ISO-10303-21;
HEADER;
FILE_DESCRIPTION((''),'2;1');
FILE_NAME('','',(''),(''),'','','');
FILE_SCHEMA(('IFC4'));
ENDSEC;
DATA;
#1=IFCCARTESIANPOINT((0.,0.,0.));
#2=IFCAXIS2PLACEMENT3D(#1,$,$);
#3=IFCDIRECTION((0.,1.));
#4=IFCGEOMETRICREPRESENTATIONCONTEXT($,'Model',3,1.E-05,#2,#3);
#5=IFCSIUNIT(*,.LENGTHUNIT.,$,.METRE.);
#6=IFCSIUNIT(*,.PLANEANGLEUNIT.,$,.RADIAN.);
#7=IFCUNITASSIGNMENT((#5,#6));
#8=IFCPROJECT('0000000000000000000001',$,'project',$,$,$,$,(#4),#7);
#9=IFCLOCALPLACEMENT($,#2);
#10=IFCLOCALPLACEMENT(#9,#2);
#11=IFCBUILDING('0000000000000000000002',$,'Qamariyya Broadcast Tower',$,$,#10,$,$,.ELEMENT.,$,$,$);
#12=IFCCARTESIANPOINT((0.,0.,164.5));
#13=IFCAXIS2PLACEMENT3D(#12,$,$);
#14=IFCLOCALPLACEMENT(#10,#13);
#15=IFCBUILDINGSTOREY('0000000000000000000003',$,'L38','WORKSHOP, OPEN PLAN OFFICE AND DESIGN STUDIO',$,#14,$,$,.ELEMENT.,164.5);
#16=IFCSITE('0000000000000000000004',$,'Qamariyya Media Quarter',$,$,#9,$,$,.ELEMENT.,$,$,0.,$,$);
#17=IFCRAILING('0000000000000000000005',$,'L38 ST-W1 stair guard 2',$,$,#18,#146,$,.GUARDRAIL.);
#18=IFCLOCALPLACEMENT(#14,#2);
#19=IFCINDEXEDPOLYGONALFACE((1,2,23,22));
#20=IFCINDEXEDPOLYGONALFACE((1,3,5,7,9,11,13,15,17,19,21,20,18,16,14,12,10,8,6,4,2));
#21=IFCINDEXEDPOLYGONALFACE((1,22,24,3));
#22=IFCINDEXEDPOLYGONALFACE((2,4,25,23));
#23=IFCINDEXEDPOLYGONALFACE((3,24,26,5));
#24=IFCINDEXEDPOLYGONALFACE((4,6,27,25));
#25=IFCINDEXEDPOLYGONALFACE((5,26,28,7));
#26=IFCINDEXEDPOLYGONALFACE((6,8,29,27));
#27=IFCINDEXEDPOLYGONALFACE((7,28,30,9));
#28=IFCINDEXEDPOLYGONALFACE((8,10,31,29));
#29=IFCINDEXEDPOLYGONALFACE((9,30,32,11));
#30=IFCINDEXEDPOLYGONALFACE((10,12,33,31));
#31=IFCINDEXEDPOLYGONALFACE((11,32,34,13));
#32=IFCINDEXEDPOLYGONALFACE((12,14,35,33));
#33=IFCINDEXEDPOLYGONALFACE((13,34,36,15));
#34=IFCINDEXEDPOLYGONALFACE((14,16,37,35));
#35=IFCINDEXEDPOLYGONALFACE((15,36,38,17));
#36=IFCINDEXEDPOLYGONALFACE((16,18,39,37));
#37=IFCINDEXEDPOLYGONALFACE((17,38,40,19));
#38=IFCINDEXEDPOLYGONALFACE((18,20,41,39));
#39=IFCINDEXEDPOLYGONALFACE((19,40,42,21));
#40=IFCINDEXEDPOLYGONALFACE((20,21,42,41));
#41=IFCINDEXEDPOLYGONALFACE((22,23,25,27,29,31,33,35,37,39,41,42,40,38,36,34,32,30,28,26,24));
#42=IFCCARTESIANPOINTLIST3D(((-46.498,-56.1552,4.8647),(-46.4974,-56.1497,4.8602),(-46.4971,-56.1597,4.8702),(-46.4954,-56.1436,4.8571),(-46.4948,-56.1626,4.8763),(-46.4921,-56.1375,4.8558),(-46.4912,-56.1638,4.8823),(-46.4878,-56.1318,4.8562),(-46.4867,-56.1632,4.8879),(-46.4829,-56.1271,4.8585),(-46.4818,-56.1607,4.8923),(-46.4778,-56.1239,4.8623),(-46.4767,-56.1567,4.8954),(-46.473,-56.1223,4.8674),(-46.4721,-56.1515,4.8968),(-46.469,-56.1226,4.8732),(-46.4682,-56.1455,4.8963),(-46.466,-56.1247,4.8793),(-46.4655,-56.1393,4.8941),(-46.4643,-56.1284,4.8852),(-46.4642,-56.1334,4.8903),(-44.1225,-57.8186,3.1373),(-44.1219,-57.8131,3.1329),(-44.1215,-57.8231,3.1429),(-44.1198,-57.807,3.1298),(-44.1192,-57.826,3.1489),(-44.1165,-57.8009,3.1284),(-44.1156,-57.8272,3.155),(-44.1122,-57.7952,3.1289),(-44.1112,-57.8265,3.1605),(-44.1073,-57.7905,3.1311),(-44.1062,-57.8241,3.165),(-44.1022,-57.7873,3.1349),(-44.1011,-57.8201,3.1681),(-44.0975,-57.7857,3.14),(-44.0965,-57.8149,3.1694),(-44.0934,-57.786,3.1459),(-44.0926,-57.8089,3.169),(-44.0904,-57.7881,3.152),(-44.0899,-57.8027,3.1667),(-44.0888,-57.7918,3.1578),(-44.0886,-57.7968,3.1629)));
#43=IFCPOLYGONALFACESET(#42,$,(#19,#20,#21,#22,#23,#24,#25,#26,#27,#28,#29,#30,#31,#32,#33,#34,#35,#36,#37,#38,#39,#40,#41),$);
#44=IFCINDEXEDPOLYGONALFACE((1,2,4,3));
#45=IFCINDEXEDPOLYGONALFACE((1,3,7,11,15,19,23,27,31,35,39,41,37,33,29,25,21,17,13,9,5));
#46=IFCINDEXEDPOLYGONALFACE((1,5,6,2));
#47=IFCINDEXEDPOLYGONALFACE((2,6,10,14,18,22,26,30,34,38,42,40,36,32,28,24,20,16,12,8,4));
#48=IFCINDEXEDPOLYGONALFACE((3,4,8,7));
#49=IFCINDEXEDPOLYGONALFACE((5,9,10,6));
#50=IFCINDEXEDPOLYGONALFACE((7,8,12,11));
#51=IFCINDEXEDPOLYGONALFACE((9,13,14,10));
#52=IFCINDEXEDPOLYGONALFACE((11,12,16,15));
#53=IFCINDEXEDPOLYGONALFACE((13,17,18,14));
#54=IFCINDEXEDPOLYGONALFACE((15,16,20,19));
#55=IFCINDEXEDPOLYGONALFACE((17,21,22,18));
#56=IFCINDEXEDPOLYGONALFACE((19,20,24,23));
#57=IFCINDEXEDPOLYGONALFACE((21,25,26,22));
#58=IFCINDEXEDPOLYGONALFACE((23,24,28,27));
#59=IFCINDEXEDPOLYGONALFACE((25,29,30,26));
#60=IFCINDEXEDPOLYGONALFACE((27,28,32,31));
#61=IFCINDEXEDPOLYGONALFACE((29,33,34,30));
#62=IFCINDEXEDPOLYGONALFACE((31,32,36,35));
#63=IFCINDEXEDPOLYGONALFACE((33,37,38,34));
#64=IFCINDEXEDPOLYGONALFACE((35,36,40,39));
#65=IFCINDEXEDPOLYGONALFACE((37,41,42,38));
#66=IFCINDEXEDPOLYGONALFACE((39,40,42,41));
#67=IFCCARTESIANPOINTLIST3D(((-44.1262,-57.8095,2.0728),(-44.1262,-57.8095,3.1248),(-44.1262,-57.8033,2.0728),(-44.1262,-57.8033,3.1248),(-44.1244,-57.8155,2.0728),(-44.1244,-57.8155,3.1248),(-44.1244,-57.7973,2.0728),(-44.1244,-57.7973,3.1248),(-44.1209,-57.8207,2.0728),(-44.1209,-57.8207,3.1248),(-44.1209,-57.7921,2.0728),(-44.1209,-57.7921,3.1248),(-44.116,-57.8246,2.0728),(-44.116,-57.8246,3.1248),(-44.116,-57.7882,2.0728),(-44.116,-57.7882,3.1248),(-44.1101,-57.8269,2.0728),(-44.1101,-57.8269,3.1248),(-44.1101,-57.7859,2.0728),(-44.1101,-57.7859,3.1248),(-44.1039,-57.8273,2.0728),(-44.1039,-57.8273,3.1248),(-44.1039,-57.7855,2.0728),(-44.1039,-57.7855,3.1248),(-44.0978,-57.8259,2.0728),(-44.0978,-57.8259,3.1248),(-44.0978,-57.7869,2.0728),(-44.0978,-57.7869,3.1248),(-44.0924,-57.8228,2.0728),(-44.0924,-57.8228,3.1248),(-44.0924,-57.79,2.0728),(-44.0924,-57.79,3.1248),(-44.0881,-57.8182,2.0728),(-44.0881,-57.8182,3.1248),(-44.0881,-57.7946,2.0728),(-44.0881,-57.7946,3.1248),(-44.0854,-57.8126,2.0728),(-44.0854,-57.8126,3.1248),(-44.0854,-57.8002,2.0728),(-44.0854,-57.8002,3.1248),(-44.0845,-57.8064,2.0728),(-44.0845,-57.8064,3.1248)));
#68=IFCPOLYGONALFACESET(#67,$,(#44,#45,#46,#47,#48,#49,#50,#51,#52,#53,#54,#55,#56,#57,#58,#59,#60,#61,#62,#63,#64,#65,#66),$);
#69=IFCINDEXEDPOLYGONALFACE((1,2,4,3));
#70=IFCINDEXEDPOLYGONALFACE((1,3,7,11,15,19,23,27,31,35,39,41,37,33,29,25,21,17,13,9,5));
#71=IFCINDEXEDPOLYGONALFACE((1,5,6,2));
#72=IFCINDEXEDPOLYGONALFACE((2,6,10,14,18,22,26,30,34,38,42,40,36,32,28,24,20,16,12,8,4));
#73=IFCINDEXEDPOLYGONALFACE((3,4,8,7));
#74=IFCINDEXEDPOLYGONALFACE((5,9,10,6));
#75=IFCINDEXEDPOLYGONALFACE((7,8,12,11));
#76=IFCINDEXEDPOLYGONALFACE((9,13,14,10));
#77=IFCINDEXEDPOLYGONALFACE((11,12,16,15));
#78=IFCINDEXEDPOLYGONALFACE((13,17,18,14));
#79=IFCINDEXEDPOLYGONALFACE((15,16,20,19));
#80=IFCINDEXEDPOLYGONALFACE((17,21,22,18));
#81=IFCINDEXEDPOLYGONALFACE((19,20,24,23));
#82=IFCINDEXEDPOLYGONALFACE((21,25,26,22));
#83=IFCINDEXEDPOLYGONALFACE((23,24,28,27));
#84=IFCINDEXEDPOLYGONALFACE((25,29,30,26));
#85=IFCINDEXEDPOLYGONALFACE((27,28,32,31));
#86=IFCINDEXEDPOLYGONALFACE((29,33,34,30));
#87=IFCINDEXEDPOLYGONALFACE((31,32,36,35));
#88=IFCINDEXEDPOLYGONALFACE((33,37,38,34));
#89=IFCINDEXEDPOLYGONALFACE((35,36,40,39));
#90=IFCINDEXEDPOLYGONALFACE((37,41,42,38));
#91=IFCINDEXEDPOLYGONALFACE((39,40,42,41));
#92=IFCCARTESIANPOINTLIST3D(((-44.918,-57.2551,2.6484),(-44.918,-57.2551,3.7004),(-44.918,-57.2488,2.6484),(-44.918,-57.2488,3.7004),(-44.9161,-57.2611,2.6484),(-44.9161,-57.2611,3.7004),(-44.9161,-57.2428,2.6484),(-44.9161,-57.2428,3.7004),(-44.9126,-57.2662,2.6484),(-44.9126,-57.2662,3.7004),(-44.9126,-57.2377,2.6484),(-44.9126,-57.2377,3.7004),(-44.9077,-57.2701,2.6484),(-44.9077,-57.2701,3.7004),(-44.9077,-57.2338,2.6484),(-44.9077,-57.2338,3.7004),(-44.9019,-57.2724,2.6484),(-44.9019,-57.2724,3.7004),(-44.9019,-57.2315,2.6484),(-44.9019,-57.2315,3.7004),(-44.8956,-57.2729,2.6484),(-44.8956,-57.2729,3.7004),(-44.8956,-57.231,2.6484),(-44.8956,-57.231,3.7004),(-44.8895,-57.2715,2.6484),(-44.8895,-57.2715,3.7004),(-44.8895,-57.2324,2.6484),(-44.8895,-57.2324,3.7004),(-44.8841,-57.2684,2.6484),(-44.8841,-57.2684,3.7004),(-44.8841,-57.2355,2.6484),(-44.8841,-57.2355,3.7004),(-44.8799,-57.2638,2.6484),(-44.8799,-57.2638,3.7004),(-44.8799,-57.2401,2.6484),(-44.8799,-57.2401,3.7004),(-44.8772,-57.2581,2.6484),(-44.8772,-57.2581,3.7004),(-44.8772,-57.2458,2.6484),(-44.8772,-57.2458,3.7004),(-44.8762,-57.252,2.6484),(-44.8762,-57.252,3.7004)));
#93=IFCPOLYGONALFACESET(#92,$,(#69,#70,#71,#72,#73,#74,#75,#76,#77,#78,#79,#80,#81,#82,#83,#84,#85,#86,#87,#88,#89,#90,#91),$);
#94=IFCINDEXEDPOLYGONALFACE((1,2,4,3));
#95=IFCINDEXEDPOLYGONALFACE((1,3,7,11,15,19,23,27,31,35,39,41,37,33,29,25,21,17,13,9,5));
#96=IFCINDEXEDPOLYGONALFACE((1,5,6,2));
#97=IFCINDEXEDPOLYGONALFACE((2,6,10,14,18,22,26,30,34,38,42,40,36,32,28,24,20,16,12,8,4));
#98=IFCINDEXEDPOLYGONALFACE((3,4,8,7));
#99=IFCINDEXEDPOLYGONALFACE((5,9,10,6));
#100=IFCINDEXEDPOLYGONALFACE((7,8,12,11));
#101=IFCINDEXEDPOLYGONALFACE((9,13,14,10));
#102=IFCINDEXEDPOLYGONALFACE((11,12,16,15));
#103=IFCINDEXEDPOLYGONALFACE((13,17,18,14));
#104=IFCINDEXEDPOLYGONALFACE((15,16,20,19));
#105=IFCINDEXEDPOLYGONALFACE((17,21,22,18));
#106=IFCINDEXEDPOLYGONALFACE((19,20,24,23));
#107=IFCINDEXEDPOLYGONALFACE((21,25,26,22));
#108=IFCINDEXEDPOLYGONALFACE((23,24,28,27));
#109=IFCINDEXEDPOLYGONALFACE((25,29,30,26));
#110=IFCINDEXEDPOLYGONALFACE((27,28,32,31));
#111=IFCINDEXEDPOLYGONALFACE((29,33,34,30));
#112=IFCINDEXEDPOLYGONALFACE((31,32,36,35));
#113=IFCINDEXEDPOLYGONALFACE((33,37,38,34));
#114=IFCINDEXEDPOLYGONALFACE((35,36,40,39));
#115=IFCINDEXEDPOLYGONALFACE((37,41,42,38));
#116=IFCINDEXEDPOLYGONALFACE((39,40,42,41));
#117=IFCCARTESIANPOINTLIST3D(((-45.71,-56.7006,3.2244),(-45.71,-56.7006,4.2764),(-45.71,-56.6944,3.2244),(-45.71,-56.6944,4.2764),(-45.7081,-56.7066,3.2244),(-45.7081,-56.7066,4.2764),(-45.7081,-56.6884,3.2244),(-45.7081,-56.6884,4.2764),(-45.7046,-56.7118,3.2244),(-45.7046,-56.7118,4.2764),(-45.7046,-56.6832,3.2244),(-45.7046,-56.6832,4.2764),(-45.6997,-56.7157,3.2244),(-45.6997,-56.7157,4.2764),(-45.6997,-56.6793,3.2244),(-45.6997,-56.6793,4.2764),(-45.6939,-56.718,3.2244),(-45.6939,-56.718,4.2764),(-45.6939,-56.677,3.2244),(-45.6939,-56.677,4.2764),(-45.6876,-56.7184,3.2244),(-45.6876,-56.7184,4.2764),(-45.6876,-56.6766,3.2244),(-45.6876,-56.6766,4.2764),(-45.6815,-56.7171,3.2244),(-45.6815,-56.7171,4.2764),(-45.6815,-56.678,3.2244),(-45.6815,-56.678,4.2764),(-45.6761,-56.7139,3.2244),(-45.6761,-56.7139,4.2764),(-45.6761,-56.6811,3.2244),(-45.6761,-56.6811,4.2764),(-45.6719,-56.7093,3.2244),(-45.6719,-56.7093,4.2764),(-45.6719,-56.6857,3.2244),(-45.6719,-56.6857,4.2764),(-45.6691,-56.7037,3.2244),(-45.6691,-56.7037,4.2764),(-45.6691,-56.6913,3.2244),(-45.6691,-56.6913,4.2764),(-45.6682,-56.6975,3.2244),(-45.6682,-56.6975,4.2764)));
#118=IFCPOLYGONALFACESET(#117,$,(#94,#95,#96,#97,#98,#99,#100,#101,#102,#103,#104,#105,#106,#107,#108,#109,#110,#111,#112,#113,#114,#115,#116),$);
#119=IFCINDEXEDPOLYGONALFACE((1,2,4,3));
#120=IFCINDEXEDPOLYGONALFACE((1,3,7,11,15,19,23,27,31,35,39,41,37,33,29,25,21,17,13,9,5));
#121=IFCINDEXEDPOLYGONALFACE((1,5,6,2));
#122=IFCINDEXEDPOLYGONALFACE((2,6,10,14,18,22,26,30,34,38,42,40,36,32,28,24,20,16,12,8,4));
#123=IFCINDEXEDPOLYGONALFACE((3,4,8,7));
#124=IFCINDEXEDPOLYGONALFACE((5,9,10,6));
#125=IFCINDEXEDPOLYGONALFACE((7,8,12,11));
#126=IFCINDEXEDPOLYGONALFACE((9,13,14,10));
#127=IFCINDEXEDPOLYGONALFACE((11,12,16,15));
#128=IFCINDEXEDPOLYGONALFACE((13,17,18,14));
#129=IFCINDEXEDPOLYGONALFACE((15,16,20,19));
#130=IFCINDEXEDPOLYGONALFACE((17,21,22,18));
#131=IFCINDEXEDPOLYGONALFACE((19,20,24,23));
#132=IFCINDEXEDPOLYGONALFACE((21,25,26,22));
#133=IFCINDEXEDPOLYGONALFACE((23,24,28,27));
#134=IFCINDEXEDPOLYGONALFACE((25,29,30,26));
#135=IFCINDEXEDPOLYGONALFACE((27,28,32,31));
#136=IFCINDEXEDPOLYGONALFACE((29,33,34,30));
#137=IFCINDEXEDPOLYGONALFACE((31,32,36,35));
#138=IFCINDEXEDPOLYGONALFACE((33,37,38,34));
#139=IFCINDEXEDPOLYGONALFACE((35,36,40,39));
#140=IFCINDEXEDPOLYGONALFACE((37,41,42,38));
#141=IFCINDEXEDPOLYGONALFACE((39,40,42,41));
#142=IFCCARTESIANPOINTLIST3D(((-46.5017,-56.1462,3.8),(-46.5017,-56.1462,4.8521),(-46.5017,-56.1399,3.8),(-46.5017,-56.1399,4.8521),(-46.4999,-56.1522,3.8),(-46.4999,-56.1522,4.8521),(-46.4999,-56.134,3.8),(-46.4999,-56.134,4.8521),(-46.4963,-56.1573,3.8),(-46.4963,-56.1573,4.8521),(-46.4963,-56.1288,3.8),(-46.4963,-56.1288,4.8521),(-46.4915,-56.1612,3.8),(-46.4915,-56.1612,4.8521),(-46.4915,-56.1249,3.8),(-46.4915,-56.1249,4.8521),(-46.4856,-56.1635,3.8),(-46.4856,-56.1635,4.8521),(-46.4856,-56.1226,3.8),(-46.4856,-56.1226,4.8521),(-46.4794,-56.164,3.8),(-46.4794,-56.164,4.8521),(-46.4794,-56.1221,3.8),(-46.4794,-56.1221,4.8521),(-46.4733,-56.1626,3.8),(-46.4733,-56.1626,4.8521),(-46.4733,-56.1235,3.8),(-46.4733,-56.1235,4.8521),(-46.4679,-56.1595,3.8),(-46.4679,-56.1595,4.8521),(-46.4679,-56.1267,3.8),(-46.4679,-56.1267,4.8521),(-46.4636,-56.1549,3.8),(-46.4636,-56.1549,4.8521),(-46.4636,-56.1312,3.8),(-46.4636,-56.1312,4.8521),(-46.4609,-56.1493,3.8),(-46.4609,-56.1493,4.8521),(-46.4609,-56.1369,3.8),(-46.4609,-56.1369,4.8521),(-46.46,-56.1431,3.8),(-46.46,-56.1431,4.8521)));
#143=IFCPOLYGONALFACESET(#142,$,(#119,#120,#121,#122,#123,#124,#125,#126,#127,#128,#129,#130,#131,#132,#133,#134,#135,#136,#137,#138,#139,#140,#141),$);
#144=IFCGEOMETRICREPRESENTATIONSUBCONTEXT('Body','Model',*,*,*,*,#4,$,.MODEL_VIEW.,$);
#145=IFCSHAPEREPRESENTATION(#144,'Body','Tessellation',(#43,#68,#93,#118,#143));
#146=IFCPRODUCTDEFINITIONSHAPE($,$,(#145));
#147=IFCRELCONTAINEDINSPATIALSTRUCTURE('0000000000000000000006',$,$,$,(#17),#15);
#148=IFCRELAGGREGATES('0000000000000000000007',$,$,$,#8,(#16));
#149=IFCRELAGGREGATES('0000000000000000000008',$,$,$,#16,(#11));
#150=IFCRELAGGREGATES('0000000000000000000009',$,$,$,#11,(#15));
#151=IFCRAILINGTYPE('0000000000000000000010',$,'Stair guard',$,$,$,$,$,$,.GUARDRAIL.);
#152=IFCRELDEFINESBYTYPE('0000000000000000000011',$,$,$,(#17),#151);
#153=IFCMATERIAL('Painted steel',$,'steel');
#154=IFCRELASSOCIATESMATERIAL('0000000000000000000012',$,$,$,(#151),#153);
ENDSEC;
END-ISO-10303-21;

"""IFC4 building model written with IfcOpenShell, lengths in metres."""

from ifc_helpers import new_model, si_unit, direction, frame, origin, origin_2d, place, context, subcontext, project, spatial, circle, extrude, material, type_object, element, save


model = new_model("IFC4")

# Units and contexts
model_context = context("Model", 3, precision=1e-05, world=origin(), true_north=direction((0.0, 1.0)))
body_context = subcontext(model_context, "Body", "Model", "MODEL_VIEW")
ifc_project = project(units=[si_unit("LENGTHUNIT", "METRE"), si_unit("PLANEANGLEUNIT", "RADIAN")], contexts=[model_context])

# Site, building, storey
site_placement = place(None, origin())
site = spatial("IfcSite", under=ifc_project, at=site_placement, Name="Qamariyya Media Quarter", CompositionType="ELEMENT", RefElevation=0.0)
building_placement = place(site_placement, origin())
building = spatial("IfcBuilding", under=site, at=building_placement, Name="Qamariyya Broadcast Tower", CompositionType="ELEMENT")
storey_placement = place(building_placement, frame((0.0, 0.0, 164.5)))
storey = spatial("IfcBuildingStorey", under=building, at=storey_placement, Name="L38", Description="WORKSHOP, OPEN PLAN OFFICE AND DESIGN STUDIO", CompositionType="ELEMENT", Elevation=164.5)

# Railing
ifc_material_1 = material(Name="Painted steel", Category="steel")
railing_type_1 = type_object("IfcRailingType", Name="Stair guard", PredefinedType="GUARDRAIL", material=ifc_material_1)
railing_1_placement = place(storey_placement, frame((-44.1055, -57.8064, 2.0728)))
element("IfcRailing", 1, at=railing_1_placement, inside=storey, type_object=railing_type_1, Name="L38 ST-W1 stair guard 2", PredefinedType="GUARDRAIL", context=body_context, shape_type="SweptSolid", body=[
    extrude(circle(Radius=0.0239, at=origin_2d()), frame((0.0, 0.0, 1.0762), z_axis=(-0.70377, 0.492784, 0.511734), x_axis=(-0.573575, -0.819153, 0.0)), (0.0, 0.0, 1.0), 3.3755),
    extrude(circle(Radius=0.021, at=origin_2d()), origin(), (0.0, 0.0, 1.0), 1.052),
    extrude(circle(Radius=0.021, at=origin_2d()), frame((-0.7917, 0.5544, 0.5757)), (0.0, 0.0, 1.0), 1.052),
    extrude(circle(Radius=0.021, at=origin_2d()), frame((-1.5837, 1.1089, 1.1516)), (0.0, 0.0, 1.0), 1.052),
    extrude(circle(Radius=0.021, at=origin_2d()), frame((-2.3755, 1.6633, 1.7273)), (0.0, 0.0, 1.0), 1.052),
])

save(model, "model.ifc")
